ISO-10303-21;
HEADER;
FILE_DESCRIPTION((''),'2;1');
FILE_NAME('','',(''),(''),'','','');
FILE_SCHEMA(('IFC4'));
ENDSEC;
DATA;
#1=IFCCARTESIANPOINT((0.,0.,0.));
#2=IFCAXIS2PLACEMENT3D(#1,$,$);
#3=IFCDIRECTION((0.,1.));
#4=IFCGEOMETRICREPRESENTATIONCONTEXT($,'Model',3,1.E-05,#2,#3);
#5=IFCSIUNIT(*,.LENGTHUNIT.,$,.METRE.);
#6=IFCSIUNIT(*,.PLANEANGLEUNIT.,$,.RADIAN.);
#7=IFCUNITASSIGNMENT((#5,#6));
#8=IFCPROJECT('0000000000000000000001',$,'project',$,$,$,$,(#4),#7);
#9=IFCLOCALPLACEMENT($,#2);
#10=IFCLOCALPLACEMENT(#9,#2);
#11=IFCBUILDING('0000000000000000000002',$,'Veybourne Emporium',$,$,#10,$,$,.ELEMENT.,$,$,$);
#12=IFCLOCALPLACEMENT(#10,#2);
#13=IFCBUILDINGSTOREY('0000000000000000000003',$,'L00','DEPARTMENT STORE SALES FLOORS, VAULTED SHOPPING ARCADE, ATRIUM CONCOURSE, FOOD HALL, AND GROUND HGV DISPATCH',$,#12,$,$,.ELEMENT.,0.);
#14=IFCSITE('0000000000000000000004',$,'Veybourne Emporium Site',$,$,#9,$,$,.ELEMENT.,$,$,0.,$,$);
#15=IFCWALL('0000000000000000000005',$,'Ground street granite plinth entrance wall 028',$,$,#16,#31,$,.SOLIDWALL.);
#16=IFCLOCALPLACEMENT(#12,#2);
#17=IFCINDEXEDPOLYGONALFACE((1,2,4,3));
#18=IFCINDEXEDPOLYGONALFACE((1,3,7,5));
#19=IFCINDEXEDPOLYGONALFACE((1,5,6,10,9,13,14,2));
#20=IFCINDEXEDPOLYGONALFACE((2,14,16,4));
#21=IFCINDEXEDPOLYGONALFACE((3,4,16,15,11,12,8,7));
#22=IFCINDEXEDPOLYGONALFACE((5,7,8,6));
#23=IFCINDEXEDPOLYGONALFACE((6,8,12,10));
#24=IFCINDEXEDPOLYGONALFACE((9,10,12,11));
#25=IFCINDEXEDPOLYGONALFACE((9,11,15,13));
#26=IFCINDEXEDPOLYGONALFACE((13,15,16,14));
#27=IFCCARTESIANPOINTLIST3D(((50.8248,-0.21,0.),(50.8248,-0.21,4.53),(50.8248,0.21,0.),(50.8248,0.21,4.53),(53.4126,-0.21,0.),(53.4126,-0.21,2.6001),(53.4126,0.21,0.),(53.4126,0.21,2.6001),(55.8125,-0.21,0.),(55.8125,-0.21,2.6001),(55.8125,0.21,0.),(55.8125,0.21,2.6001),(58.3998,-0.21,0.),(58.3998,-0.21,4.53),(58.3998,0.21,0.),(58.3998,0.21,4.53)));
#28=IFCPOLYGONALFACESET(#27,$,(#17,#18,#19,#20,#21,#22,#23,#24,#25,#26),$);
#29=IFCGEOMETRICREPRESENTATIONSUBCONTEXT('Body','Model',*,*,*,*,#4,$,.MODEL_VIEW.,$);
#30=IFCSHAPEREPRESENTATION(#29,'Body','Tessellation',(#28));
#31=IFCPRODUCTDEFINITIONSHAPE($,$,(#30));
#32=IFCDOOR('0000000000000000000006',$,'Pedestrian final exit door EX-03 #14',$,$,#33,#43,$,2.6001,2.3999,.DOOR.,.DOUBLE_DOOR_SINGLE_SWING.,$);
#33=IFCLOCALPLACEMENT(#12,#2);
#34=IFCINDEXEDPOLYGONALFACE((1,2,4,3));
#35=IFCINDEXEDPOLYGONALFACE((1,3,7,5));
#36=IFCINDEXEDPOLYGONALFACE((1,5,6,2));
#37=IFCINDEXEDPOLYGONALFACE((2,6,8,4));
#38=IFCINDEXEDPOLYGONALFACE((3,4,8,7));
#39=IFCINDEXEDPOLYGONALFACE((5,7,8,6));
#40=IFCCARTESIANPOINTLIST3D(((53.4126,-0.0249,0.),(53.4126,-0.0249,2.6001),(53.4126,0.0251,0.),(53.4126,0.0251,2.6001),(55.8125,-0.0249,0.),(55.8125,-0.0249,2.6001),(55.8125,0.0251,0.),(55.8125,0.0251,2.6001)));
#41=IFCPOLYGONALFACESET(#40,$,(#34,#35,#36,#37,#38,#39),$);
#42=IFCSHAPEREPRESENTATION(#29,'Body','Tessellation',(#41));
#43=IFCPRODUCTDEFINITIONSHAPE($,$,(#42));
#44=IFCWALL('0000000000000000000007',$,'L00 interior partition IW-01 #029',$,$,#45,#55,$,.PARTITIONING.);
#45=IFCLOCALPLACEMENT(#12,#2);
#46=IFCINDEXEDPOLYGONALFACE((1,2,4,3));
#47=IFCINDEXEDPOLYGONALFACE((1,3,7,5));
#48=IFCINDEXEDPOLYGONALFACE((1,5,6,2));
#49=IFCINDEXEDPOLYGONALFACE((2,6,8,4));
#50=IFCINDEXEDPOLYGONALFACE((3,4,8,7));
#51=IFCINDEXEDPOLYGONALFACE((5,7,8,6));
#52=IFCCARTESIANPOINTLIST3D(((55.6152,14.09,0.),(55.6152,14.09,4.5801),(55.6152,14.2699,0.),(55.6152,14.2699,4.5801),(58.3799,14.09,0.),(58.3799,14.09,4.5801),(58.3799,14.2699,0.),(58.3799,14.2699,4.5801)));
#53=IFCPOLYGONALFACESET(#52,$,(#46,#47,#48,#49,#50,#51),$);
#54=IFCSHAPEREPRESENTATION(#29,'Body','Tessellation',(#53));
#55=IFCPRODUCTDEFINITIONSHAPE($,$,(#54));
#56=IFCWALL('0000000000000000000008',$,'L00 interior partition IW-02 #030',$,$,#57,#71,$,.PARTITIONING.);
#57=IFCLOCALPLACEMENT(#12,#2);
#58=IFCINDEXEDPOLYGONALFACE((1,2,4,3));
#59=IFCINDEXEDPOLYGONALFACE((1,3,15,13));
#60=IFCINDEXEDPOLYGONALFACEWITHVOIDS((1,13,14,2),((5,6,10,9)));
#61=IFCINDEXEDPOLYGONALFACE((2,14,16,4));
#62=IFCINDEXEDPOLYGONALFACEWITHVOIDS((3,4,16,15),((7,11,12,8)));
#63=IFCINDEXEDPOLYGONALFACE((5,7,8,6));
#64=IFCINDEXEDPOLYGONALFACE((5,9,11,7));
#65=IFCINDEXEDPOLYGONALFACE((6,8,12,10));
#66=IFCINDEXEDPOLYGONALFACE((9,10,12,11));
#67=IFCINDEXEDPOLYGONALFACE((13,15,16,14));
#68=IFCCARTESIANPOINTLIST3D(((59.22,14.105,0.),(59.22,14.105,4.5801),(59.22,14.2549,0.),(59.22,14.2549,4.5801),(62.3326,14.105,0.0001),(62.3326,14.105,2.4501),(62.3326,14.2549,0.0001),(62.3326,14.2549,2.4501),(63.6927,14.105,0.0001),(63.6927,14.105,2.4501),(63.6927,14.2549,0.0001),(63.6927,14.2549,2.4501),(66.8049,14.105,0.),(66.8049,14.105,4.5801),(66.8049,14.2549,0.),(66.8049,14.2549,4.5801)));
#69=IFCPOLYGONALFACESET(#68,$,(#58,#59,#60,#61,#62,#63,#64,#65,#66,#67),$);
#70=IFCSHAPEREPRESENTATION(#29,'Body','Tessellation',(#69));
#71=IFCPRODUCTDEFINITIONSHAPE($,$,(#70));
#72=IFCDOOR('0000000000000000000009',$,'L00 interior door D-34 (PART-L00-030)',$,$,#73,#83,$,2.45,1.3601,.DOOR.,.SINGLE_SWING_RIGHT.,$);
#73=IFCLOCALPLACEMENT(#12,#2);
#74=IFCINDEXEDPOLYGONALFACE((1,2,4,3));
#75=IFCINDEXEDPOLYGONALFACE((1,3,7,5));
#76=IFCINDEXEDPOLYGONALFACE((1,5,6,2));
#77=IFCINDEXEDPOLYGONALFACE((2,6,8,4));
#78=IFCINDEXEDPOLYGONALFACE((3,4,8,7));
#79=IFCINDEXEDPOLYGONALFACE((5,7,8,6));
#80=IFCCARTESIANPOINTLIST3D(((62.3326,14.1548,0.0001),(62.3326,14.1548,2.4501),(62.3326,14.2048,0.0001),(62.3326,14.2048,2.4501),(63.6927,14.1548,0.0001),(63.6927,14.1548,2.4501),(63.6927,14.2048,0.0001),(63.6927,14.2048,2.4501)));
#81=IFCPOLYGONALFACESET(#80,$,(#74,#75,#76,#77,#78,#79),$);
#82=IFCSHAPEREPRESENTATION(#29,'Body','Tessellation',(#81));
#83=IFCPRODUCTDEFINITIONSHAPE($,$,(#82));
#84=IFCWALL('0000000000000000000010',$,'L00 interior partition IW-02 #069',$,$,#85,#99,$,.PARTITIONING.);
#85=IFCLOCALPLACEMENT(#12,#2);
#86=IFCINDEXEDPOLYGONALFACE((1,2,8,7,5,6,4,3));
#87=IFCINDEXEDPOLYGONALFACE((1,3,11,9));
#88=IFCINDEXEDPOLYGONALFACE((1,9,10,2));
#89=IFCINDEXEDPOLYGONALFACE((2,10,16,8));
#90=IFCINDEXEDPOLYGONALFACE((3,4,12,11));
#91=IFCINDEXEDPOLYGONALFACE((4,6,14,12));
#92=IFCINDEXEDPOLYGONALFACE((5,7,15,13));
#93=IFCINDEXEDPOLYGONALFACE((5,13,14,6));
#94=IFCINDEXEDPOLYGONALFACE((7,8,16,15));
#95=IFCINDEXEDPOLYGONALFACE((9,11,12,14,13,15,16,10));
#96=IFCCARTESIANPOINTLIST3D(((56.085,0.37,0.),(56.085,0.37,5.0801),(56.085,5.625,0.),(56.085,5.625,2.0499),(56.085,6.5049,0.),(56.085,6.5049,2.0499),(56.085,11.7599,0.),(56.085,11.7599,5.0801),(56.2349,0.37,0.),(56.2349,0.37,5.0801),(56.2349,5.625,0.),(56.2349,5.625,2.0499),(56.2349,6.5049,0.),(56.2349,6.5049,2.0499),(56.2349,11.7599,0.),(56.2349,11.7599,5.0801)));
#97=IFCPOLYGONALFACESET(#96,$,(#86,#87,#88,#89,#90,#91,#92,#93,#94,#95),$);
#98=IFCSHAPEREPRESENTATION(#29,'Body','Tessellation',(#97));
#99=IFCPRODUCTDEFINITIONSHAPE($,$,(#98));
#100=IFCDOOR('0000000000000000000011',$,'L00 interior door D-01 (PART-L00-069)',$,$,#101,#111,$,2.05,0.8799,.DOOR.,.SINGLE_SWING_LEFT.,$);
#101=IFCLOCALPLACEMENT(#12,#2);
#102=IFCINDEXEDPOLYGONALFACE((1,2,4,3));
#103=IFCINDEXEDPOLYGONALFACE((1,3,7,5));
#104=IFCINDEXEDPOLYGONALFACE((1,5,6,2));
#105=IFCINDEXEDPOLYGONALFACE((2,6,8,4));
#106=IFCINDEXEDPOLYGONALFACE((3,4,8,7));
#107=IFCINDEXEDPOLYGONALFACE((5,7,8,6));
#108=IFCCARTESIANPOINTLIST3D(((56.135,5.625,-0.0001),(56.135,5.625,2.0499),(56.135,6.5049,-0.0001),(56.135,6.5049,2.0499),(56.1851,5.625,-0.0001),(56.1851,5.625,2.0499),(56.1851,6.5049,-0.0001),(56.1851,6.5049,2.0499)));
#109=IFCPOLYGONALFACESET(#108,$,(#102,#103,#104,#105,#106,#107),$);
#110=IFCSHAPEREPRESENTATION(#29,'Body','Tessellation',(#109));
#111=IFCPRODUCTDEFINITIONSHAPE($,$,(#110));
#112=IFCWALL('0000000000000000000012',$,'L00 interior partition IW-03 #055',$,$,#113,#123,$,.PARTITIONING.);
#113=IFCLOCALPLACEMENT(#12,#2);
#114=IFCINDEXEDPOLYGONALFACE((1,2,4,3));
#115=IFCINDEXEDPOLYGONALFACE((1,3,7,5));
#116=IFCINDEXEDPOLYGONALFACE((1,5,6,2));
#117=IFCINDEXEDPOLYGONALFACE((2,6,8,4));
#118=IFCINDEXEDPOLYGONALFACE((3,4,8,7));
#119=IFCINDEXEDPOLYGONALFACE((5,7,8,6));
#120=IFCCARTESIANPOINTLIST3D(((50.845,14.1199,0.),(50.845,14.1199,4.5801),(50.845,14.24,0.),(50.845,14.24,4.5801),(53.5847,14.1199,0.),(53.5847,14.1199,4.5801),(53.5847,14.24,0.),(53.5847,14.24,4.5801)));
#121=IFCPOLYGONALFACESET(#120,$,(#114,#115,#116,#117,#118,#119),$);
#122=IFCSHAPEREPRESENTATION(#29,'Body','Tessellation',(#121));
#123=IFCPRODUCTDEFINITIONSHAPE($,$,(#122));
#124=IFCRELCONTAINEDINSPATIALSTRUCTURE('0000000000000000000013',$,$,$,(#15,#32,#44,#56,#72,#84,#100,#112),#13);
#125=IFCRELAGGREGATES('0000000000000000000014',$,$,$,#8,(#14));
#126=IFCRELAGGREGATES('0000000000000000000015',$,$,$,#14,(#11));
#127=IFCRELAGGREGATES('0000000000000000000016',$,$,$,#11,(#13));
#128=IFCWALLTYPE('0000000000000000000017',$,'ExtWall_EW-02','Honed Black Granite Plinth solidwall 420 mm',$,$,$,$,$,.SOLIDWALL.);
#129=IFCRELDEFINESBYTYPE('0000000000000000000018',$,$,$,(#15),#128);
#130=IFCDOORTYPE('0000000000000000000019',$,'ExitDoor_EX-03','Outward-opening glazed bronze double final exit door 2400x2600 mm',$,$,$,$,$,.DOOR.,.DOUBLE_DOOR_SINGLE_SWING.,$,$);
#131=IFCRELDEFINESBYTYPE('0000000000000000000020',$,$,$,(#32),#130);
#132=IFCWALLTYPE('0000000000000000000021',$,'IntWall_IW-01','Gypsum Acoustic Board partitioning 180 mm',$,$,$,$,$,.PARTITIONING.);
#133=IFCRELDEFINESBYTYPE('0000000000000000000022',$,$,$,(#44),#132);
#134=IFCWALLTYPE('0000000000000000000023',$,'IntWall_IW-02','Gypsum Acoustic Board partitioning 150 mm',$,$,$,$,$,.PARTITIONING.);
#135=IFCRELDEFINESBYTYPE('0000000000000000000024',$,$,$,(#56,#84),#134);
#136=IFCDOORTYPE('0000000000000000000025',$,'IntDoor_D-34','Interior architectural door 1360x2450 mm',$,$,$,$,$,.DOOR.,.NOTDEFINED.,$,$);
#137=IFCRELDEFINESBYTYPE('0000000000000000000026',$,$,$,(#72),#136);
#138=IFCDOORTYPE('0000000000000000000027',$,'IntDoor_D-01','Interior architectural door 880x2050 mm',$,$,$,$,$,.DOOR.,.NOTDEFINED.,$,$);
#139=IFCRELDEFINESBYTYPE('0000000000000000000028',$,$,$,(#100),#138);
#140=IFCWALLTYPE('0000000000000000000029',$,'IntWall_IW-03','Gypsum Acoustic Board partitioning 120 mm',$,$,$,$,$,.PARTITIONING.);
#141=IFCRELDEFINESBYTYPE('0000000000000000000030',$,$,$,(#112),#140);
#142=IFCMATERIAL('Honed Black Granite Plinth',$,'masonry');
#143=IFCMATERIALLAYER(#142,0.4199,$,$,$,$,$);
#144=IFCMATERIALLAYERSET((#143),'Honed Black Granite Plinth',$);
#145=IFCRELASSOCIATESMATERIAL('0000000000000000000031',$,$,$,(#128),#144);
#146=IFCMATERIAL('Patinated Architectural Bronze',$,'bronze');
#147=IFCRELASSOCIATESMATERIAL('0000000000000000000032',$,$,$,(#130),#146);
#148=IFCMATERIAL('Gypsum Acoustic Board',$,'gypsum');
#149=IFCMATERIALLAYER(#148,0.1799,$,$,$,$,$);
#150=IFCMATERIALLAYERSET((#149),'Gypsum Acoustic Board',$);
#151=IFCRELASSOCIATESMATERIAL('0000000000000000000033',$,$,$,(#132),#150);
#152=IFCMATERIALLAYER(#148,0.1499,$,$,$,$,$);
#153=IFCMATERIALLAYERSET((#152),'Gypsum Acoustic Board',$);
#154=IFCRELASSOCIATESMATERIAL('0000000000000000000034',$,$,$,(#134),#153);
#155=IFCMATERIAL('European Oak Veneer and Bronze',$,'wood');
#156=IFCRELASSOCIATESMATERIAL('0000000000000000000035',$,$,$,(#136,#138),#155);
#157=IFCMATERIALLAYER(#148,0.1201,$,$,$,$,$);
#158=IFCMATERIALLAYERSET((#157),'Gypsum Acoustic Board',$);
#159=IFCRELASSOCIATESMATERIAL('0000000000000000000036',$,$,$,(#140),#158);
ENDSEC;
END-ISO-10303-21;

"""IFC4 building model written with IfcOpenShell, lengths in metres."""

from ifc_helpers import new_model, si_unit, direction, frame, frame_2d, origin, place, context, subcontext, project, spatial, rectangle, extrude, material, layer, layer_set, type_object, element, fill, save


model = new_model("IFC4")

# Units and contexts
model_context = context("Model", 3, precision=1e-05, world=origin(), true_north=direction((0.0, 1.0)))
body_context = subcontext(model_context, "Body", "Model", "MODEL_VIEW")
ifc_project = project(units=[si_unit("LENGTHUNIT", "METRE"), si_unit("PLANEANGLEUNIT", "RADIAN")], contexts=[model_context])

# Site, building, storey
site_placement = place(None, origin())
site = spatial("IfcSite", under=ifc_project, at=site_placement, Name="Veybourne Emporium Site", CompositionType="ELEMENT", RefElevation=0.0)
building_placement = place(site_placement, origin())
building = spatial("IfcBuilding", under=site, at=building_placement, Name="Veybourne Emporium", CompositionType="ELEMENT")
storey_placement = place(building_placement, origin())
storey = spatial("IfcBuildingStorey", under=building, at=storey_placement, Name="L00", Description="DEPARTMENT STORE SALES FLOORS, VAULTED SHOPPING ARCADE, ATRIUM CONCOURSE, FOOD HALL, AND GROUND HGV DISPATCH", CompositionType="ELEMENT", Elevation=0.0)

# Wall, opening, door
ifc_material_1 = material(Name="Honed Black Granite Plinth", Category="masonry")
ifc_layer_1 = layer(ifc_material_1, 0.4199)
ifc_layer_set_1 = layer_set([ifc_layer_1], Name="Honed Black Granite Plinth")
wall_type_1 = type_object("IfcWallType", Name="ExtWall_EW-02", Description="Honed Black Granite Plinth solidwall 420 mm", PredefinedType="SOLIDWALL", material=ifc_layer_set_1)
wall_1_placement = place(storey_placement, frame((58.3999, 0.0, 0.0), z_axis=(0.0, 0.0, 1.0), x_axis=(-1.0, 0.0, 0.0)))
wall_1 = element("IfcWall", 1, at=wall_1_placement, inside=storey, type_object=wall_type_1, Name="Ground street granite plinth entrance wall 028", PredefinedType="SOLIDWALL", context=body_context, shape_type="SweptSolid", body=[
    extrude(rectangle(XDim=7.575, YDim=0.4199, at=frame_2d((3.7876, 0.0))), origin(), (0.0, 0.0, 1.0), 4.53),
])
opening_1_placement = place(wall_1_placement, frame((2.5874, 0.0, 0.0)))
opening_1 = element("IfcOpeningElement", 2, at=opening_1_placement, cuts=wall_1, PredefinedType="OPENING", context=body_context, shape_type="SweptSolid", body=[
    extrude(rectangle(XDim=2.3999, YDim=2.6001, at=frame_2d((1.2, 1.3))), frame((0.0, 0.23, 0.0), z_axis=(0.0, -1.0, 0.0), x_axis=(1.0, 0.0, 0.0)), (0.0, 0.0, 1.0), 0.46),
])
ifc_material_2 = material(Name="Patinated Architectural Bronze", Category="bronze")
door_type_1 = type_object("IfcDoorType", Name="ExitDoor_EX-03", Description="Outward-opening glazed bronze double final exit door 2400x2600 mm", OperationType="DOUBLE_DOOR_SINGLE_SWING", PredefinedType="DOOR", material=ifc_material_2)
door_1_placement = place(opening_1_placement, origin())
door_1 = element("IfcDoor", 3, at=door_1_placement, inside=storey, type_object=door_type_1, Name="Pedestrian final exit door EX-03 #14", OperationType="DOUBLE_DOOR_SINGLE_SWING", OverallHeight=2.6001, OverallWidth=2.3999, PredefinedType="DOOR", context=body_context, shape_type="SweptSolid", body=[
    extrude(rectangle(XDim=2.3999, YDim=2.6001, at=frame_2d((1.2, 1.3))), frame((0.0, 0.0249, 0.0), z_axis=(0.0, -1.0, 0.0), x_axis=(1.0, 0.0, 0.0)), (0.0, 0.0, 1.0), 0.05),
])
fill(opening_1, door_1)

# Wall
ifc_material_3 = material(Name="Gypsum Acoustic Board", Category="gypsum")
ifc_layer_2 = layer(ifc_material_3, 0.1799)
ifc_layer_set_2 = layer_set([ifc_layer_2], Name="Gypsum Acoustic Board")
wall_type_2 = type_object("IfcWallType", Name="IntWall_IW-01", Description="Gypsum Acoustic Board partitioning 180 mm", PredefinedType="PARTITIONING", material=ifc_layer_set_2)
wall_2_placement = place(storey_placement, frame((55.6152, 14.1799, 0.0), z_axis=(0.0, 0.0, 1.0), x_axis=(1.0, 0.0, 0.0)))
element("IfcWall", 4, at=wall_2_placement, inside=storey, type_object=wall_type_2, Name="L00 interior partition IW-01 #029", PredefinedType="PARTITIONING", context=body_context, shape_type="SweptSolid", body=[
    extrude(rectangle(XDim=2.7646, YDim=0.1799, at=frame_2d((1.3823, 0.0))), origin(), (0.0, 0.0, 1.0), 4.5801),
])

# Walls, openings, doors
ifc_layer_3 = layer(ifc_material_3, 0.1499)
ifc_layer_set_3 = layer_set([ifc_layer_3], Name="Gypsum Acoustic Board")
wall_type_3 = type_object("IfcWallType", Name="IntWall_IW-02", Description="Gypsum Acoustic Board partitioning 150 mm", PredefinedType="PARTITIONING", material=ifc_layer_set_3)
wall_3_placement = place(storey_placement, frame((59.22, 14.1799, 0.0), z_axis=(0.0, 0.0, 1.0), x_axis=(1.0, 0.0, 0.0)))
wall_3 = element("IfcWall", 5, at=wall_3_placement, inside=storey, type_object=wall_type_3, Name="L00 interior partition IW-02 #030", PredefinedType="PARTITIONING", context=body_context, shape_type="SweptSolid", body=[
    extrude(rectangle(XDim=7.585, YDim=0.1499, at=frame_2d((3.7925, 0.0))), origin(), (0.0, 0.0, 1.0), 4.5801),
])
opening_2_placement = place(wall_3_placement, frame((3.1125, 0.0, 0.0)))
opening_2 = element("IfcOpeningElement", 6, at=opening_2_placement, cuts=wall_3, PredefinedType="OPENING", context=body_context, shape_type="SweptSolid", body=[
    extrude(rectangle(XDim=1.3601, YDim=2.45, at=frame_2d((0.6802, 1.2251))), frame((0.0, 0.095, 0.0), z_axis=(0.0, -1.0, 0.0), x_axis=(1.0, 0.0, 0.0)), (0.0, 0.0, 1.0), 0.1899),
])
ifc_material_4 = material(Name="European Oak Veneer and Bronze", Category="wood")
door_type_2 = type_object("IfcDoorType", Name="IntDoor_D-34", Description="Interior architectural door 1360x2450 mm", OperationType="NOTDEFINED", PredefinedType="DOOR", material=ifc_material_4)
door_2_placement = place(opening_2_placement, origin())
door_2 = element("IfcDoor", 7, at=door_2_placement, inside=storey, type_object=door_type_2, Name="L00 interior door D-34 (PART-L00-030)", OperationType="SINGLE_SWING_RIGHT", OverallHeight=2.45, OverallWidth=1.3601, PredefinedType="DOOR", context=body_context, shape_type="SweptSolid", body=[
    extrude(rectangle(XDim=1.3601, YDim=2.45, at=frame_2d((0.6802, 1.2251))), frame((0.0, 0.0249, 0.0), z_axis=(0.0, -1.0, 0.0), x_axis=(1.0, 0.0, 0.0)), (0.0, 0.0, 1.0), 0.05),
])
fill(opening_2, door_2)
wall_4_placement = place(storey_placement, frame((56.1599, 0.3701, 0.0), z_axis=(0.0, 0.0, 1.0), x_axis=(0.0, 1.0, 0.0)))
wall_4 = element("IfcWall", 8, at=wall_4_placement, inside=storey, type_object=wall_type_3, Name="L00 interior partition IW-02 #069", PredefinedType="PARTITIONING", context=body_context, shape_type="SweptSolid", body=[
    extrude(rectangle(XDim=11.3899, YDim=0.1499, at=frame_2d((5.6948, 0.0))), origin(), (0.0, 0.0, 1.0), 5.0801),
])
opening_3_placement = place(wall_4_placement, frame((5.2549, 0.0, 0.0)))
opening_3 = element("IfcOpeningElement", 9, at=opening_3_placement, cuts=wall_4, PredefinedType="OPENING", context=body_context, shape_type="SweptSolid", body=[
    extrude(rectangle(XDim=0.8799, YDim=2.05, at=frame_2d((0.4399, 1.0249))), frame((0.0, 0.095, 0.0), z_axis=(0.0, -1.0, 0.0), x_axis=(1.0, 0.0, 0.0)), (0.0, 0.0, 1.0), 0.1899),
])
door_type_3 = type_object("IfcDoorType", Name="IntDoor_D-01", Description="Interior architectural door 880x2050 mm", OperationType="NOTDEFINED", PredefinedType="DOOR", material=ifc_material_4)
door_3_placement = place(opening_3_placement, origin())
door_3 = element("IfcDoor", 10, at=door_3_placement, inside=storey, type_object=door_type_3, Name="L00 interior door D-01 (PART-L00-069)", OperationType="SINGLE_SWING_LEFT", OverallHeight=2.05, OverallWidth=0.8799, PredefinedType="DOOR", context=body_context, shape_type="SweptSolid", body=[
    extrude(rectangle(XDim=0.8799, YDim=2.05, at=frame_2d((0.4399, 1.0249))), frame((0.0, 0.0249, 0.0), z_axis=(0.0, -1.0, 0.0), x_axis=(1.0, 0.0, 0.0)), (0.0, 0.0, 1.0), 0.05),
])
fill(opening_3, door_3)

# Wall
ifc_layer_4 = layer(ifc_material_3, 0.1201)
ifc_layer_set_4 = layer_set([ifc_layer_4], Name="Gypsum Acoustic Board")
wall_type_4 = type_object("IfcWallType", Name="IntWall_IW-03", Description="Gypsum Acoustic Board partitioning 120 mm", PredefinedType="PARTITIONING", material=ifc_layer_set_4)
wall_5_placement = place(storey_placement, frame((50.845, 14.1799, 0.0), z_axis=(0.0, 0.0, 1.0), x_axis=(1.0, 0.0, 0.0)))
element("IfcWall", 11, at=wall_5_placement, inside=storey, type_object=wall_type_4, Name="L00 interior partition IW-03 #055", PredefinedType="PARTITIONING", context=body_context, shape_type="SweptSolid", body=[
    extrude(rectangle(XDim=2.7397, YDim=0.1201, at=frame_2d((1.3699, 0.0))), origin(), (0.0, 0.0, 1.0), 4.5801),
])

save(model, "model.ifc")
